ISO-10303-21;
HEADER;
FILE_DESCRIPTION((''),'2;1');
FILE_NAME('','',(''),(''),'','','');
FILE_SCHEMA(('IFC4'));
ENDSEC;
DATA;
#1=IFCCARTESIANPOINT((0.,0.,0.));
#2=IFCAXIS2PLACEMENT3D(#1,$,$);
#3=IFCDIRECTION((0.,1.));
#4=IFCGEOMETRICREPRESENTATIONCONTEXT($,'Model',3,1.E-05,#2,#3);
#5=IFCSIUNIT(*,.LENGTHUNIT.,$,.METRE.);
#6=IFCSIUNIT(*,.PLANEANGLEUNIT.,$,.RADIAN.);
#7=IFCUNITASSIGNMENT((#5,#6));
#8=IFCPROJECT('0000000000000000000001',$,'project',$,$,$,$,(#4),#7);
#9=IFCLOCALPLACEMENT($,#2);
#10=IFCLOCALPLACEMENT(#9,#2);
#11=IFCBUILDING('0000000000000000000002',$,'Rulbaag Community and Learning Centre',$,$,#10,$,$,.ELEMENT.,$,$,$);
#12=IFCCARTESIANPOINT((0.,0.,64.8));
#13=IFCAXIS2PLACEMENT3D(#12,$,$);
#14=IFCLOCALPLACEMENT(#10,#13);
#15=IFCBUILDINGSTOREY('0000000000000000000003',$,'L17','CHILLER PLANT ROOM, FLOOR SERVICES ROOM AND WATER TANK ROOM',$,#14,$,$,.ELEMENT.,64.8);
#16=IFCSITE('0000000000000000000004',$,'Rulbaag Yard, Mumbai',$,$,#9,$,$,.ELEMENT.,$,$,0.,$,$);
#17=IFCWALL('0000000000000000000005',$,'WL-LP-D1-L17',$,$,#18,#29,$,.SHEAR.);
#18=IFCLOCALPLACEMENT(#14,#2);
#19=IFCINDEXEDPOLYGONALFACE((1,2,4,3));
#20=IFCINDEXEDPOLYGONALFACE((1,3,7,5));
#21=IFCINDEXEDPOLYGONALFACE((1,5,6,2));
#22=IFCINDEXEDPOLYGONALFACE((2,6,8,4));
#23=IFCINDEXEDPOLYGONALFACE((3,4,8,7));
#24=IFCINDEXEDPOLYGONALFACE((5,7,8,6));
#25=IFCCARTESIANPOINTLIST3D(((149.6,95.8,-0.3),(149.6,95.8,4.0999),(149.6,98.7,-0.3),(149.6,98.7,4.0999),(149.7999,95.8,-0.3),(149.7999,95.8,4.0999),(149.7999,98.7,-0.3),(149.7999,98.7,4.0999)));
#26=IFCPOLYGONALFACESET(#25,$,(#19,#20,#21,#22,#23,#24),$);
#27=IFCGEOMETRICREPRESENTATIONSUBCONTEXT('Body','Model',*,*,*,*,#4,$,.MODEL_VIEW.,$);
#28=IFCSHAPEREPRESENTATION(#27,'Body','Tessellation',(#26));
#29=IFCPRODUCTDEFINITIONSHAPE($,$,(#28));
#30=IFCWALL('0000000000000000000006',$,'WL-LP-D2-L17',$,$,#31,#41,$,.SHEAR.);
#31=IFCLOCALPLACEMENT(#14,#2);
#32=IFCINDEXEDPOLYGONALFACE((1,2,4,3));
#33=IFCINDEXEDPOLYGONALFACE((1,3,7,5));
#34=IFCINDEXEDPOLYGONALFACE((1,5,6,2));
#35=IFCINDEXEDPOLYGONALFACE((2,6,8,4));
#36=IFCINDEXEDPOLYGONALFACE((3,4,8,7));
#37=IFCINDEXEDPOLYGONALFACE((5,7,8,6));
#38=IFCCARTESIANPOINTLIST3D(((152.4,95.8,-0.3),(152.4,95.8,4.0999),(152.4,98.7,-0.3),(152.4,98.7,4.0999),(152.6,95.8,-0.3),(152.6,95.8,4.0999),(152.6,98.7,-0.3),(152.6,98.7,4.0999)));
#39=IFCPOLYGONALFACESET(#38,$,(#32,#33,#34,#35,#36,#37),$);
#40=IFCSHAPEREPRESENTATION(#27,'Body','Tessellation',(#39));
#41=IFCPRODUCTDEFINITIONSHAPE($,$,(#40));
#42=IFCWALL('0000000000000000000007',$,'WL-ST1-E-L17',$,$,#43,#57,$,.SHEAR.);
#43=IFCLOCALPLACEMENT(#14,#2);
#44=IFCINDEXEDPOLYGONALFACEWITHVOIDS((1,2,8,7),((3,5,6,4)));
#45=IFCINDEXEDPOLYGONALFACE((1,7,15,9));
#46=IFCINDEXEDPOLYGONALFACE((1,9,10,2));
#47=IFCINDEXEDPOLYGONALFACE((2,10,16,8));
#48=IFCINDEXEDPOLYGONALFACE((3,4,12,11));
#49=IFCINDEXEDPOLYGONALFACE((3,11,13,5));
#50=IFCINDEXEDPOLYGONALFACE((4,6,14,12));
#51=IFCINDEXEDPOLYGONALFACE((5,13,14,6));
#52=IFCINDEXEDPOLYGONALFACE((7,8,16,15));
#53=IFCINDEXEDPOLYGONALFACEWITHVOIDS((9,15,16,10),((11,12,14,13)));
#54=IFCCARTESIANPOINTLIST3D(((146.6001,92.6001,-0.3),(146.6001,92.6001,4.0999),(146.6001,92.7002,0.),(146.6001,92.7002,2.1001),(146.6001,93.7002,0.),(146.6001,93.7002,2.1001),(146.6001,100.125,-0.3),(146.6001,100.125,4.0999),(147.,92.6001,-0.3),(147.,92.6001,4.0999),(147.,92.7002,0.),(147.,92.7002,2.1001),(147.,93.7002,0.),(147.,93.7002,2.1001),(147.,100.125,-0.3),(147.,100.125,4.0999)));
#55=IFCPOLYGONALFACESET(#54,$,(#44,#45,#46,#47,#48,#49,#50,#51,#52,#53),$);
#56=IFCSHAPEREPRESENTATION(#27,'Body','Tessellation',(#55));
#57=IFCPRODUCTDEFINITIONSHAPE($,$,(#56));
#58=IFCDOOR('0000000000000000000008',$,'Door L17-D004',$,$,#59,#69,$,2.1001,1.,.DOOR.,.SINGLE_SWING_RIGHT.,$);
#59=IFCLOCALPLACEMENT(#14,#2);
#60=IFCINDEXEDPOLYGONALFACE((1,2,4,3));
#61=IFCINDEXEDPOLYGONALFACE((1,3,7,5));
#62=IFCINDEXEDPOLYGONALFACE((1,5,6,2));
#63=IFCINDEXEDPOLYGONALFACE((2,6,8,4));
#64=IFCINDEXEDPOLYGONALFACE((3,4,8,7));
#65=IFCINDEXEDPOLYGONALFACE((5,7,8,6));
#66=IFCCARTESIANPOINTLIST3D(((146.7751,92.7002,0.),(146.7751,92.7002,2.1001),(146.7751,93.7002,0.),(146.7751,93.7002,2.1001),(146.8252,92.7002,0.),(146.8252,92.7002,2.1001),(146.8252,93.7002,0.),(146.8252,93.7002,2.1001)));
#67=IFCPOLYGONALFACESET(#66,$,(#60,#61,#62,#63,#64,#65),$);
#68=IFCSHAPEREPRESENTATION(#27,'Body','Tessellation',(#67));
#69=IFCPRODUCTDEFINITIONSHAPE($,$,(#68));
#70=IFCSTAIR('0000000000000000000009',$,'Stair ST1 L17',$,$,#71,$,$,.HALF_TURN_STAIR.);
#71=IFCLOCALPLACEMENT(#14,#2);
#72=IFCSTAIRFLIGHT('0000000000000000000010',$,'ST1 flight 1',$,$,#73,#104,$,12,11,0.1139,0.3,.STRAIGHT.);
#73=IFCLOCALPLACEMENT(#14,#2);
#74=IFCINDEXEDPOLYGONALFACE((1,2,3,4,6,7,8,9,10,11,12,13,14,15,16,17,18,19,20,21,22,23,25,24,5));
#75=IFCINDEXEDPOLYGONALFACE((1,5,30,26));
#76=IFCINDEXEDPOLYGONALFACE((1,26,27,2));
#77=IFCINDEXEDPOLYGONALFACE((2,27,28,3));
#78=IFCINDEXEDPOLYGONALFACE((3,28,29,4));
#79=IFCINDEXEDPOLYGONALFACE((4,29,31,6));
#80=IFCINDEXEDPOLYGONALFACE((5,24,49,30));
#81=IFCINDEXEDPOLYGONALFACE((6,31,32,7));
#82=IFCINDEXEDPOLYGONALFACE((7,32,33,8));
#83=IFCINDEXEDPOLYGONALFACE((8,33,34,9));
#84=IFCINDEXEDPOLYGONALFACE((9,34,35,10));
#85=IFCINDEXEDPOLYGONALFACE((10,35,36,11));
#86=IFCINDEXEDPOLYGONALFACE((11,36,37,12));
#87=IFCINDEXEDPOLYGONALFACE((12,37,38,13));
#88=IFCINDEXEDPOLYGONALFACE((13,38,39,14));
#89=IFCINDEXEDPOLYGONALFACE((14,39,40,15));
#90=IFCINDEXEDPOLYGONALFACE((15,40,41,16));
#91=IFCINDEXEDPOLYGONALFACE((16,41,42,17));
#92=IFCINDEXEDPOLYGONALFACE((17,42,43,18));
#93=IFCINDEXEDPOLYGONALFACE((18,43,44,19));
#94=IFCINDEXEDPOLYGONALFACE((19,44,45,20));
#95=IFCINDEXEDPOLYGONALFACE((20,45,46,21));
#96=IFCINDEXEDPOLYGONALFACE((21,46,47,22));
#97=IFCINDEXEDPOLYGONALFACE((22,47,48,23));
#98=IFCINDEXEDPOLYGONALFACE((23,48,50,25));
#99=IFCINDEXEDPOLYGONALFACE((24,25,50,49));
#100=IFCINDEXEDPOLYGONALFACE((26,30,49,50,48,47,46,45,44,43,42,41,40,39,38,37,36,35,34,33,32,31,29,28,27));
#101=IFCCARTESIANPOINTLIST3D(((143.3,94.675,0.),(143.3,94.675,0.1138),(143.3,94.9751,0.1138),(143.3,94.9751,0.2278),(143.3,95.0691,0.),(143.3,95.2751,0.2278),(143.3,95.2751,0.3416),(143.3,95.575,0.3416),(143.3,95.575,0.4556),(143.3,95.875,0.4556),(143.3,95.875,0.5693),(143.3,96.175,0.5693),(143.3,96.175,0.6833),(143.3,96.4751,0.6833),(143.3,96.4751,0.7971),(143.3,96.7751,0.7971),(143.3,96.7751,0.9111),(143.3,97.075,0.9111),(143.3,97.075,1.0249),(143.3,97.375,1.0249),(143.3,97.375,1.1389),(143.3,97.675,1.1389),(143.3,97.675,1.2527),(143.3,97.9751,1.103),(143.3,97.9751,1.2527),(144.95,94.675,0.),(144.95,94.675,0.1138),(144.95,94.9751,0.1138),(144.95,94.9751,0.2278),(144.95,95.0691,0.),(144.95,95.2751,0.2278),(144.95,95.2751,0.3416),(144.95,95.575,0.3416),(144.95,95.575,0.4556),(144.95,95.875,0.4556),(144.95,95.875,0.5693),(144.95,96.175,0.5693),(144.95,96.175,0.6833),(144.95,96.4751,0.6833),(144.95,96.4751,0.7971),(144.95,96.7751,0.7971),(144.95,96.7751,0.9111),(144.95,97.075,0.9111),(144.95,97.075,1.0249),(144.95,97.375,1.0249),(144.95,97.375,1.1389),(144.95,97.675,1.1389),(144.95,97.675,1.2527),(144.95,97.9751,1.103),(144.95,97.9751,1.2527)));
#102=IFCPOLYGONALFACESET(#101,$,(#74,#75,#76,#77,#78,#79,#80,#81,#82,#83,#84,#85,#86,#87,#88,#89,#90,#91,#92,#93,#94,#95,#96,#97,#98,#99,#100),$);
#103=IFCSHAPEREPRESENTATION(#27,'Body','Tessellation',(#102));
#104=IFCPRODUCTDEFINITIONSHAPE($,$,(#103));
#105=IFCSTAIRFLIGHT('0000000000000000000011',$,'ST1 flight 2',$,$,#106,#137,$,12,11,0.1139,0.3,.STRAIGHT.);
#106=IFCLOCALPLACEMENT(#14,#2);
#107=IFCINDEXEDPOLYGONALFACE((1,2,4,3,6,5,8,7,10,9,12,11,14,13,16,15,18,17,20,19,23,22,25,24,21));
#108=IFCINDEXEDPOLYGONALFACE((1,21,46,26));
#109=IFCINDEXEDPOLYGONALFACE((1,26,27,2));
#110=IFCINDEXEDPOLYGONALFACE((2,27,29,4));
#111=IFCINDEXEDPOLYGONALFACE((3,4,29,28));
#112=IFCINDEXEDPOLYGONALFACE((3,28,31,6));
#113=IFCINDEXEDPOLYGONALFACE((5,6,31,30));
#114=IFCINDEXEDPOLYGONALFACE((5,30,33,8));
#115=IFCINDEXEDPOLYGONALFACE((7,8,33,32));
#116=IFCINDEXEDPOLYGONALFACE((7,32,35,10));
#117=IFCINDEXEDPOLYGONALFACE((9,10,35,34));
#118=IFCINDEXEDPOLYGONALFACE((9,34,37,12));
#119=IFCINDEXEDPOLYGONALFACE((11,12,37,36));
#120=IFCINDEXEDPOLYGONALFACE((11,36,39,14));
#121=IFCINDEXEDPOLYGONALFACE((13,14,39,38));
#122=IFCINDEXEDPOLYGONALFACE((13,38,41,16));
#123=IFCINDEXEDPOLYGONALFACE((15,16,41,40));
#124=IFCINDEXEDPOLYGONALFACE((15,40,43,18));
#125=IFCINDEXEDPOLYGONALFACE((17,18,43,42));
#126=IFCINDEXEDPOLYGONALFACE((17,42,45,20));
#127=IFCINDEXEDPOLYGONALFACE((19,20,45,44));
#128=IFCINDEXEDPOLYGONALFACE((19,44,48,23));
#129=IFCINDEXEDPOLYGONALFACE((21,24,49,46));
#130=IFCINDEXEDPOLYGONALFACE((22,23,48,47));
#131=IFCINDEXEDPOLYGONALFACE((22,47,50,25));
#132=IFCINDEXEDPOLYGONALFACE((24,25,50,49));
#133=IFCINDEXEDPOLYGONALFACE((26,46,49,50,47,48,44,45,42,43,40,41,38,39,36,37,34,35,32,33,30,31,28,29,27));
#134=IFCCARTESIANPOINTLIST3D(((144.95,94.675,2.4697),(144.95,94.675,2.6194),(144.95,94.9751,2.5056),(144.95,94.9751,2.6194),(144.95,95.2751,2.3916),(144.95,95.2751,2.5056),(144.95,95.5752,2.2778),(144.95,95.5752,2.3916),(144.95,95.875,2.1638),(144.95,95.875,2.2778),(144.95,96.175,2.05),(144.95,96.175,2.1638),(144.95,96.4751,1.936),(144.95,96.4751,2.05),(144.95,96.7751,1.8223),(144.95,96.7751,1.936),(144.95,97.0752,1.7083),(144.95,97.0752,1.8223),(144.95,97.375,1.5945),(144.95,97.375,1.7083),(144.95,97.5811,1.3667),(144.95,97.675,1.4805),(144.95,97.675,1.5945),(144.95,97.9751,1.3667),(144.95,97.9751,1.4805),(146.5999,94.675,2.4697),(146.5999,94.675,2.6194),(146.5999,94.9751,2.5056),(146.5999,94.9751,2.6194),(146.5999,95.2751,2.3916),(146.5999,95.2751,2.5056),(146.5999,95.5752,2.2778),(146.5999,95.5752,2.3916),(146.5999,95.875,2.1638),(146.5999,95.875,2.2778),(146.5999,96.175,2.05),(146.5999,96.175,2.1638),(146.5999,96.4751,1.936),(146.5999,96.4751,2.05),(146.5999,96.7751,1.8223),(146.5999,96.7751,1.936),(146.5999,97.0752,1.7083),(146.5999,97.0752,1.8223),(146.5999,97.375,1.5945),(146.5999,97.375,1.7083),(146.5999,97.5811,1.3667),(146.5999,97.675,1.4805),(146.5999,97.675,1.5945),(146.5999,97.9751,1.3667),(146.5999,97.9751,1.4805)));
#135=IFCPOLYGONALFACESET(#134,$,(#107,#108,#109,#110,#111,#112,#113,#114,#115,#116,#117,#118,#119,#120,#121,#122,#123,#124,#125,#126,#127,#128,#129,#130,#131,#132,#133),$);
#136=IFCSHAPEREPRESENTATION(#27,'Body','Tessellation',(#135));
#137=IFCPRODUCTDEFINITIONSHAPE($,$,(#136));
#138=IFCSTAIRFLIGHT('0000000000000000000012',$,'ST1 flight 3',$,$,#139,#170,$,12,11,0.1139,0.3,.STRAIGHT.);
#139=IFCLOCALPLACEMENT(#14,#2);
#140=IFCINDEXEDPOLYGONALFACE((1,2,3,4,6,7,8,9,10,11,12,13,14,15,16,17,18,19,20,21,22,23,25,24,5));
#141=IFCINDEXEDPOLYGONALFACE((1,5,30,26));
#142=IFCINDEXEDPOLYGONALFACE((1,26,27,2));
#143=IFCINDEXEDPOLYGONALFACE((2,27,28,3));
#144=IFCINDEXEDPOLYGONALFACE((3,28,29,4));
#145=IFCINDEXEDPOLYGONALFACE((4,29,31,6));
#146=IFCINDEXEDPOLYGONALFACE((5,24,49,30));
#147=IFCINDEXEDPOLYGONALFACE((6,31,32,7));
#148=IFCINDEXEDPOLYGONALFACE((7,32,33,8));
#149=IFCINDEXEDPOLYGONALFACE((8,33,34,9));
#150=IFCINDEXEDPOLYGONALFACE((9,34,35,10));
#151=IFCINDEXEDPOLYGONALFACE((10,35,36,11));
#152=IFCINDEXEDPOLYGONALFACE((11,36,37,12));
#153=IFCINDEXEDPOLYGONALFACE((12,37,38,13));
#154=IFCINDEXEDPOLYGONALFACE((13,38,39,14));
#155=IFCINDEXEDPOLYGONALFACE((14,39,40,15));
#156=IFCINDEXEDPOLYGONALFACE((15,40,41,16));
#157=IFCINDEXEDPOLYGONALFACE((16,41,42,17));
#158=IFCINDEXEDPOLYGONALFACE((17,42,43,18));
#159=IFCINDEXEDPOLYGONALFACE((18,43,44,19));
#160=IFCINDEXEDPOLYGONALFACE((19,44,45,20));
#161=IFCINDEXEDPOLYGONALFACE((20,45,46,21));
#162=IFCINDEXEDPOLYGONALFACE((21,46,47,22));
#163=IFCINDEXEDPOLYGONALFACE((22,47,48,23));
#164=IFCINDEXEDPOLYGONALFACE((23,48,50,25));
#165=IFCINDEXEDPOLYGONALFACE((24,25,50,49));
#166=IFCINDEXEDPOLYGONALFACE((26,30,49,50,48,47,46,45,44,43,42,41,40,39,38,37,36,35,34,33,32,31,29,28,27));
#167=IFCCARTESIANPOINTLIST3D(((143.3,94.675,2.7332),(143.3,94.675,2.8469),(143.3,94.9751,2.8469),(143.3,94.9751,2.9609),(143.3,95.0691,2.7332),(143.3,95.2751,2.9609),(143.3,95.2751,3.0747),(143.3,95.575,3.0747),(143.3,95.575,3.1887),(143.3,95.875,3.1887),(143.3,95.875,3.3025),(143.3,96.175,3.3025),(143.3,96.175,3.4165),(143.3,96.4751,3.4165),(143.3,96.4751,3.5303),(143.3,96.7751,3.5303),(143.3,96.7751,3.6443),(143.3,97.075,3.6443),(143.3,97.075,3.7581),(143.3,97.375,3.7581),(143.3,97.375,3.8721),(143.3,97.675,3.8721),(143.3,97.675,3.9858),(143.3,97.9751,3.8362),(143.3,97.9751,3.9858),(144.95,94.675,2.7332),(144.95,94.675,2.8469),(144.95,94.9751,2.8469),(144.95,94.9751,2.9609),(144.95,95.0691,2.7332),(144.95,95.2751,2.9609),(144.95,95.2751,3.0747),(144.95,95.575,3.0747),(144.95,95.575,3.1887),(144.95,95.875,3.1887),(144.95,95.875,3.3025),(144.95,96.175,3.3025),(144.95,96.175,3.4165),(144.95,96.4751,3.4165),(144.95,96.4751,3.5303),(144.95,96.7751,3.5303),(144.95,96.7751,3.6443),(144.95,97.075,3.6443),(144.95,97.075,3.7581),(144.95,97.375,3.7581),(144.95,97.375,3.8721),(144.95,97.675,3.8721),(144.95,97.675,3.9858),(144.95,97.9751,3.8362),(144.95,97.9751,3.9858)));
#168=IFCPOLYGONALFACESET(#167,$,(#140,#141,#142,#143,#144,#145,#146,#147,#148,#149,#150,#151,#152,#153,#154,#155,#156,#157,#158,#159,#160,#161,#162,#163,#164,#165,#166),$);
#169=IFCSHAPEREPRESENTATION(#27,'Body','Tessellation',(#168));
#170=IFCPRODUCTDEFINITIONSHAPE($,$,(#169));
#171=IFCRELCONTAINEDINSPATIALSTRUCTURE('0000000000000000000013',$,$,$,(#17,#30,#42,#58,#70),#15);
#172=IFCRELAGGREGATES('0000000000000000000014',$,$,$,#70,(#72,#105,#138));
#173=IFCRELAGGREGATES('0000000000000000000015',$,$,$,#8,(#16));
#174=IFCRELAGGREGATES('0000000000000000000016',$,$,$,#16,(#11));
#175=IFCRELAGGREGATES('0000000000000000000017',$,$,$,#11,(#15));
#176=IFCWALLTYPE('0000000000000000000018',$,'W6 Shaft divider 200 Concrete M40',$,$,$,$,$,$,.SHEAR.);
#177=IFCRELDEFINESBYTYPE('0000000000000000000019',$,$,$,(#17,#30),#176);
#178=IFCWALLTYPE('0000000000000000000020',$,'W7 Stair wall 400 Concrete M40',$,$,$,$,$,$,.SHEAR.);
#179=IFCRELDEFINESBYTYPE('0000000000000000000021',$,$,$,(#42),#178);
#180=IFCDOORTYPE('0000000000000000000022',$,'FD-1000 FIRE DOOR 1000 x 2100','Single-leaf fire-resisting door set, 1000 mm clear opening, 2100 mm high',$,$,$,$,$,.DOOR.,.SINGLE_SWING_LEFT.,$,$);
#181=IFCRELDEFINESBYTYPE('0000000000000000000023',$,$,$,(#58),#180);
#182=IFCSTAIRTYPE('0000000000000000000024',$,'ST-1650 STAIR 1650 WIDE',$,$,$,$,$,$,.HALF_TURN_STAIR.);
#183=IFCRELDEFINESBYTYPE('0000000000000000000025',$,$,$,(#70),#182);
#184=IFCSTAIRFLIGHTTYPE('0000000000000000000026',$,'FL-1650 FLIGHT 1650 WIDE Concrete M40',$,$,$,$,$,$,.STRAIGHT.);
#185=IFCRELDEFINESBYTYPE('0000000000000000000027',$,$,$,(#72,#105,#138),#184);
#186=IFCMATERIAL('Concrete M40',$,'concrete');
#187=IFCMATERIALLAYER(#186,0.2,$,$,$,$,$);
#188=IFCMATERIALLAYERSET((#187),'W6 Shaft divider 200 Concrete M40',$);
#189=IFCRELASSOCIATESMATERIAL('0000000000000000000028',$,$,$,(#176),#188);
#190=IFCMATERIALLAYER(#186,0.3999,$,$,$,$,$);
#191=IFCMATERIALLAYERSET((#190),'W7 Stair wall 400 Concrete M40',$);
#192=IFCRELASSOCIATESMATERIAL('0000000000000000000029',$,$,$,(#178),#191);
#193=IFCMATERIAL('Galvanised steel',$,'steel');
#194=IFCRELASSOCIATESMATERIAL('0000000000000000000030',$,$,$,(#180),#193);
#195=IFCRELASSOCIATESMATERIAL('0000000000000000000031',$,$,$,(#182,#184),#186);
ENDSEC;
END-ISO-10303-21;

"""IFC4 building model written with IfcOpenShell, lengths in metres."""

from ifc_helpers import new_model, si_unit, direction, frame, frame_2d, origin, place, context, subcontext, project, spatial, polyline, rectangle, outline, extrude, material, layer, layer_set, type_object, element, fill, aggregate, save


model = new_model("IFC4")

# Units and contexts
model_context = context("Model", 3, precision=1e-05, world=origin(), true_north=direction((0.0, 1.0)))
body_context = subcontext(model_context, "Body", "Model", "MODEL_VIEW")
ifc_project = project(units=[si_unit("LENGTHUNIT", "METRE"), si_unit("PLANEANGLEUNIT", "RADIAN")], contexts=[model_context])

# Site, building, storey
site_placement = place(None, origin())
site = spatial("IfcSite", under=ifc_project, at=site_placement, Name="Rulbaag Yard, Mumbai", CompositionType="ELEMENT", RefElevation=0.0)
building_placement = place(site_placement, origin())
building = spatial("IfcBuilding", under=site, at=building_placement, Name="Rulbaag Community and Learning Centre", CompositionType="ELEMENT")
storey_placement = place(building_placement, frame((0.0, 0.0, 64.8)))
storey = spatial("IfcBuildingStorey", under=building, at=storey_placement, Name="L17", Description="CHILLER PLANT ROOM, FLOOR SERVICES ROOM AND WATER TANK ROOM", CompositionType="ELEMENT", Elevation=64.8)

# Shared definitions
ifc_material_1 = material(Name="Concrete M40", Category="concrete")

# Walls
ifc_layer_1 = layer(ifc_material_1, 0.2)
ifc_layer_set_1 = layer_set([ifc_layer_1], Name="W6 Shaft divider 200 Concrete M40")
wall_type_1 = type_object("IfcWallType", Name="W6 Shaft divider 200 Concrete M40", PredefinedType="SHEAR", material=ifc_layer_set_1)
for number, where, z_axis, x_axis, name in (
    (1, (149.7, 95.8, -0.3), (0.0, 0.0, 1.0), (0.0, 1.0, 0.0), "WL-LP-D1-L17"),
    (2, (152.5, 95.8, -0.3), (0.0, 0.0, 1.0), (0.0, 1.0, 0.0), "WL-LP-D2-L17"),
):
    element("IfcWall", number, at=place(storey_placement, frame(where, z_axis=z_axis, x_axis=x_axis)), inside=storey, type_object=wall_type_1, Name=name, PredefinedType="SHEAR", context=body_context, shape_type="SweptSolid", body=[
        extrude(rectangle(XDim=2.8999, YDim=0.2, at=frame_2d((1.45, 0.0))), origin(), (0.0, 0.0, 1.0), 4.3999),
    ])

# Wall, opening, door
ifc_layer_2 = layer(ifc_material_1, 0.3999)
ifc_layer_set_2 = layer_set([ifc_layer_2], Name="W7 Stair wall 400 Concrete M40")
wall_type_2 = type_object("IfcWallType", Name="W7 Stair wall 400 Concrete M40", PredefinedType="SHEAR", material=ifc_layer_set_2)
wall_1_placement = place(storey_placement, frame((146.8, 92.6001, -0.3), z_axis=(0.0, 0.0, 1.0), x_axis=(0.0, 1.0, 0.0)))
wall_1 = element("IfcWall", 3, at=wall_1_placement, inside=storey, type_object=wall_type_2, Name="WL-ST1-E-L17", PredefinedType="SHEAR", context=body_context, shape_type="SweptSolid", body=[
    extrude(rectangle(XDim=7.5249, YDim=0.3999, at=frame_2d((3.7625, 0.0))), origin(), (0.0, 0.0, 1.0), 4.3999),
])
opening_1_placement = place(wall_1_placement, frame((0.1001, 0.0, 0.3)))
opening_1 = element("IfcOpeningElement", 4, at=opening_1_placement, cuts=wall_1, PredefinedType="OPENING", context=body_context, shape_type="SweptSolid", body=[
    extrude(rectangle(XDim=1.0, YDim=2.1001, at=frame_2d((0.5, 1.05))), frame((0.0, 0.21, 0.0), z_axis=(0.0, -1.0, 0.0), x_axis=(1.0, 0.0, 0.0)), (0.0, 0.0, 1.0), 0.4199),
])
ifc_material_2 = material(Name="Galvanised steel", Category="steel")
door_type = type_object("IfcDoorType", Name="FD-1000 FIRE DOOR 1000 x 2100", Description="Single-leaf fire-resisting door set, 1000 mm clear opening, 2100 mm high", OperationType="SINGLE_SWING_LEFT", PredefinedType="DOOR", material=ifc_material_2)
door_placement = place(opening_1_placement, origin())
door = element("IfcDoor", 5, at=door_placement, inside=storey, type_object=door_type, Name="Door L17-D004", OperationType="SINGLE_SWING_RIGHT", OverallHeight=2.1001, OverallWidth=1.0, PredefinedType="DOOR", context=body_context, shape_type="SweptSolid", body=[
    extrude(rectangle(XDim=1.0, YDim=2.1001, at=frame_2d((0.5, 1.05))), frame((0.0, 0.0249, 0.0), z_axis=(0.0, -1.0, 0.0), x_axis=(1.0, 0.0, 0.0)), (0.0, 0.0, 1.0), 0.05),
])
fill(opening_1, door)

# Stair, stair flights
stair_type = type_object("IfcStairType", Name="ST-1650 STAIR 1650 WIDE", PredefinedType="HALF_TURN_STAIR", material=ifc_material_1)
stair_placement = place(storey_placement, origin())
stair = element("IfcStair", 6, at=stair_placement, inside=storey, type_object=stair_type, Name="Stair ST1 L17", PredefinedType="HALF_TURN_STAIR")
stair_flight_type = type_object("IfcStairFlightType", Name="FL-1650 FLIGHT 1650 WIDE Concrete M40", PredefinedType="STRAIGHT", material=ifc_material_1)
stair_flight_1_placement = place(storey_placement, frame((144.125, 94.675, 0.0), z_axis=(0.0, 0.0, 1.0), x_axis=(0.0, 1.0, 0.0)))
stair_flight_1 = element("IfcStairFlight", 7, at=stair_flight_1_placement, type_object=stair_flight_type, Name="ST1 flight 1", NumberOfRisers=12, NumberOfTreads=11, PredefinedType="STRAIGHT", RiserHeight=0.1139, TreadLength=0.3, context=body_context, shape_type="SweptSolid", body=[
    extrude(outline(polyline([(0.0, 0.0), (0.0, 0.1138), (0.3, 0.1138), (0.3, 0.2278), (0.6001, 0.2278), (0.6001, 0.3416), (0.8999, 0.3416), (0.8999, 0.4556), (1.2, 0.4556), (1.2, 0.5693), (1.5, 0.5693), (1.5, 0.6833), (1.8, 0.6833), (1.8, 0.7971), (2.1001, 0.7971), (2.1001, 0.9111), (2.3999, 0.9111), (2.3999, 1.0249), (2.7, 1.0249), (2.7, 1.1389), (3.0, 1.1389), (3.0, 1.2527), (3.3, 1.2527), (3.3, 1.103), (0.394, 0.0), (0.0, 0.0)])), frame((0.0, 0.825, 0.0), z_axis=(0.0, -1.0, 0.0), x_axis=(1.0, 0.0, 0.0)), (0.0, 0.0, 1.0), 1.6499),
])
stair_flight_2_placement = place(storey_placement, frame((145.7749, 97.9751, 1.3667), z_axis=(0.0, 0.0, 1.0), x_axis=(0.0, -1.0, 0.0)))
stair_flight_2 = element("IfcStairFlight", 8, at=stair_flight_2_placement, type_object=stair_flight_type, Name="ST1 flight 2", NumberOfRisers=12, NumberOfTreads=11, PredefinedType="STRAIGHT", RiserHeight=0.1139, TreadLength=0.3, context=body_context, shape_type="SweptSolid", body=[
    extrude(outline(polyline([(0.0, 0.0), (0.0, 0.1138), (0.3, 0.1138), (0.3, 0.2278), (0.6001, 0.2278), (0.6001, 0.3416), (0.8999, 0.3416), (0.8999, 0.4556), (1.2, 0.4556), (1.2, 0.5693), (1.5, 0.5693), (1.5, 0.6833), (1.8, 0.6833), (1.8, 0.7971), (2.1001, 0.7971), (2.1001, 0.9111), (2.3999, 0.9111), (2.3999, 1.0249), (2.7, 1.0249), (2.7, 1.1389), (3.0, 1.1389), (3.0, 1.2527), (3.3, 1.2527), (3.3, 1.103), (0.394, 0.0), (0.0, 0.0)])), frame((0.0, 0.825, 0.0), z_axis=(0.0, -1.0, 0.0), x_axis=(1.0, 0.0, 0.0)), (0.0, 0.0, 1.0), 1.6499),
])
stair_flight_3_placement = place(storey_placement, frame((144.125, 94.675, 2.7332), z_axis=(0.0, 0.0, 1.0), x_axis=(0.0, 1.0, 0.0)))
stair_flight_3 = element("IfcStairFlight", 9, at=stair_flight_3_placement, type_object=stair_flight_type, Name="ST1 flight 3", NumberOfRisers=12, NumberOfTreads=11, PredefinedType="STRAIGHT", RiserHeight=0.1139, TreadLength=0.3, context=body_context, shape_type="SweptSolid", body=[
    extrude(outline(polyline([(0.0, 0.0), (0.0, 0.1138), (0.3, 0.1138), (0.3, 0.2278), (0.6001, 0.2278), (0.6001, 0.3416), (0.8999, 0.3416), (0.8999, 0.4556), (1.2, 0.4556), (1.2, 0.5693), (1.5, 0.5693), (1.5, 0.6833), (1.8, 0.6833), (1.8, 0.7971), (2.1001, 0.7971), (2.1001, 0.9111), (2.3999, 0.9111), (2.3999, 1.0249), (2.7, 1.0249), (2.7, 1.1389), (3.0, 1.1389), (3.0, 1.2527), (3.3, 1.2527), (3.3, 1.103), (0.394, 0.0), (0.0, 0.0)])), frame((0.0, 0.825, 0.0), z_axis=(0.0, -1.0, 0.0), x_axis=(1.0, 0.0, 0.0)), (0.0, 0.0, 1.0), 1.6499),
])
aggregate(stair, [stair_flight_1, stair_flight_2, stair_flight_3])

save(model, "model.ifc")
